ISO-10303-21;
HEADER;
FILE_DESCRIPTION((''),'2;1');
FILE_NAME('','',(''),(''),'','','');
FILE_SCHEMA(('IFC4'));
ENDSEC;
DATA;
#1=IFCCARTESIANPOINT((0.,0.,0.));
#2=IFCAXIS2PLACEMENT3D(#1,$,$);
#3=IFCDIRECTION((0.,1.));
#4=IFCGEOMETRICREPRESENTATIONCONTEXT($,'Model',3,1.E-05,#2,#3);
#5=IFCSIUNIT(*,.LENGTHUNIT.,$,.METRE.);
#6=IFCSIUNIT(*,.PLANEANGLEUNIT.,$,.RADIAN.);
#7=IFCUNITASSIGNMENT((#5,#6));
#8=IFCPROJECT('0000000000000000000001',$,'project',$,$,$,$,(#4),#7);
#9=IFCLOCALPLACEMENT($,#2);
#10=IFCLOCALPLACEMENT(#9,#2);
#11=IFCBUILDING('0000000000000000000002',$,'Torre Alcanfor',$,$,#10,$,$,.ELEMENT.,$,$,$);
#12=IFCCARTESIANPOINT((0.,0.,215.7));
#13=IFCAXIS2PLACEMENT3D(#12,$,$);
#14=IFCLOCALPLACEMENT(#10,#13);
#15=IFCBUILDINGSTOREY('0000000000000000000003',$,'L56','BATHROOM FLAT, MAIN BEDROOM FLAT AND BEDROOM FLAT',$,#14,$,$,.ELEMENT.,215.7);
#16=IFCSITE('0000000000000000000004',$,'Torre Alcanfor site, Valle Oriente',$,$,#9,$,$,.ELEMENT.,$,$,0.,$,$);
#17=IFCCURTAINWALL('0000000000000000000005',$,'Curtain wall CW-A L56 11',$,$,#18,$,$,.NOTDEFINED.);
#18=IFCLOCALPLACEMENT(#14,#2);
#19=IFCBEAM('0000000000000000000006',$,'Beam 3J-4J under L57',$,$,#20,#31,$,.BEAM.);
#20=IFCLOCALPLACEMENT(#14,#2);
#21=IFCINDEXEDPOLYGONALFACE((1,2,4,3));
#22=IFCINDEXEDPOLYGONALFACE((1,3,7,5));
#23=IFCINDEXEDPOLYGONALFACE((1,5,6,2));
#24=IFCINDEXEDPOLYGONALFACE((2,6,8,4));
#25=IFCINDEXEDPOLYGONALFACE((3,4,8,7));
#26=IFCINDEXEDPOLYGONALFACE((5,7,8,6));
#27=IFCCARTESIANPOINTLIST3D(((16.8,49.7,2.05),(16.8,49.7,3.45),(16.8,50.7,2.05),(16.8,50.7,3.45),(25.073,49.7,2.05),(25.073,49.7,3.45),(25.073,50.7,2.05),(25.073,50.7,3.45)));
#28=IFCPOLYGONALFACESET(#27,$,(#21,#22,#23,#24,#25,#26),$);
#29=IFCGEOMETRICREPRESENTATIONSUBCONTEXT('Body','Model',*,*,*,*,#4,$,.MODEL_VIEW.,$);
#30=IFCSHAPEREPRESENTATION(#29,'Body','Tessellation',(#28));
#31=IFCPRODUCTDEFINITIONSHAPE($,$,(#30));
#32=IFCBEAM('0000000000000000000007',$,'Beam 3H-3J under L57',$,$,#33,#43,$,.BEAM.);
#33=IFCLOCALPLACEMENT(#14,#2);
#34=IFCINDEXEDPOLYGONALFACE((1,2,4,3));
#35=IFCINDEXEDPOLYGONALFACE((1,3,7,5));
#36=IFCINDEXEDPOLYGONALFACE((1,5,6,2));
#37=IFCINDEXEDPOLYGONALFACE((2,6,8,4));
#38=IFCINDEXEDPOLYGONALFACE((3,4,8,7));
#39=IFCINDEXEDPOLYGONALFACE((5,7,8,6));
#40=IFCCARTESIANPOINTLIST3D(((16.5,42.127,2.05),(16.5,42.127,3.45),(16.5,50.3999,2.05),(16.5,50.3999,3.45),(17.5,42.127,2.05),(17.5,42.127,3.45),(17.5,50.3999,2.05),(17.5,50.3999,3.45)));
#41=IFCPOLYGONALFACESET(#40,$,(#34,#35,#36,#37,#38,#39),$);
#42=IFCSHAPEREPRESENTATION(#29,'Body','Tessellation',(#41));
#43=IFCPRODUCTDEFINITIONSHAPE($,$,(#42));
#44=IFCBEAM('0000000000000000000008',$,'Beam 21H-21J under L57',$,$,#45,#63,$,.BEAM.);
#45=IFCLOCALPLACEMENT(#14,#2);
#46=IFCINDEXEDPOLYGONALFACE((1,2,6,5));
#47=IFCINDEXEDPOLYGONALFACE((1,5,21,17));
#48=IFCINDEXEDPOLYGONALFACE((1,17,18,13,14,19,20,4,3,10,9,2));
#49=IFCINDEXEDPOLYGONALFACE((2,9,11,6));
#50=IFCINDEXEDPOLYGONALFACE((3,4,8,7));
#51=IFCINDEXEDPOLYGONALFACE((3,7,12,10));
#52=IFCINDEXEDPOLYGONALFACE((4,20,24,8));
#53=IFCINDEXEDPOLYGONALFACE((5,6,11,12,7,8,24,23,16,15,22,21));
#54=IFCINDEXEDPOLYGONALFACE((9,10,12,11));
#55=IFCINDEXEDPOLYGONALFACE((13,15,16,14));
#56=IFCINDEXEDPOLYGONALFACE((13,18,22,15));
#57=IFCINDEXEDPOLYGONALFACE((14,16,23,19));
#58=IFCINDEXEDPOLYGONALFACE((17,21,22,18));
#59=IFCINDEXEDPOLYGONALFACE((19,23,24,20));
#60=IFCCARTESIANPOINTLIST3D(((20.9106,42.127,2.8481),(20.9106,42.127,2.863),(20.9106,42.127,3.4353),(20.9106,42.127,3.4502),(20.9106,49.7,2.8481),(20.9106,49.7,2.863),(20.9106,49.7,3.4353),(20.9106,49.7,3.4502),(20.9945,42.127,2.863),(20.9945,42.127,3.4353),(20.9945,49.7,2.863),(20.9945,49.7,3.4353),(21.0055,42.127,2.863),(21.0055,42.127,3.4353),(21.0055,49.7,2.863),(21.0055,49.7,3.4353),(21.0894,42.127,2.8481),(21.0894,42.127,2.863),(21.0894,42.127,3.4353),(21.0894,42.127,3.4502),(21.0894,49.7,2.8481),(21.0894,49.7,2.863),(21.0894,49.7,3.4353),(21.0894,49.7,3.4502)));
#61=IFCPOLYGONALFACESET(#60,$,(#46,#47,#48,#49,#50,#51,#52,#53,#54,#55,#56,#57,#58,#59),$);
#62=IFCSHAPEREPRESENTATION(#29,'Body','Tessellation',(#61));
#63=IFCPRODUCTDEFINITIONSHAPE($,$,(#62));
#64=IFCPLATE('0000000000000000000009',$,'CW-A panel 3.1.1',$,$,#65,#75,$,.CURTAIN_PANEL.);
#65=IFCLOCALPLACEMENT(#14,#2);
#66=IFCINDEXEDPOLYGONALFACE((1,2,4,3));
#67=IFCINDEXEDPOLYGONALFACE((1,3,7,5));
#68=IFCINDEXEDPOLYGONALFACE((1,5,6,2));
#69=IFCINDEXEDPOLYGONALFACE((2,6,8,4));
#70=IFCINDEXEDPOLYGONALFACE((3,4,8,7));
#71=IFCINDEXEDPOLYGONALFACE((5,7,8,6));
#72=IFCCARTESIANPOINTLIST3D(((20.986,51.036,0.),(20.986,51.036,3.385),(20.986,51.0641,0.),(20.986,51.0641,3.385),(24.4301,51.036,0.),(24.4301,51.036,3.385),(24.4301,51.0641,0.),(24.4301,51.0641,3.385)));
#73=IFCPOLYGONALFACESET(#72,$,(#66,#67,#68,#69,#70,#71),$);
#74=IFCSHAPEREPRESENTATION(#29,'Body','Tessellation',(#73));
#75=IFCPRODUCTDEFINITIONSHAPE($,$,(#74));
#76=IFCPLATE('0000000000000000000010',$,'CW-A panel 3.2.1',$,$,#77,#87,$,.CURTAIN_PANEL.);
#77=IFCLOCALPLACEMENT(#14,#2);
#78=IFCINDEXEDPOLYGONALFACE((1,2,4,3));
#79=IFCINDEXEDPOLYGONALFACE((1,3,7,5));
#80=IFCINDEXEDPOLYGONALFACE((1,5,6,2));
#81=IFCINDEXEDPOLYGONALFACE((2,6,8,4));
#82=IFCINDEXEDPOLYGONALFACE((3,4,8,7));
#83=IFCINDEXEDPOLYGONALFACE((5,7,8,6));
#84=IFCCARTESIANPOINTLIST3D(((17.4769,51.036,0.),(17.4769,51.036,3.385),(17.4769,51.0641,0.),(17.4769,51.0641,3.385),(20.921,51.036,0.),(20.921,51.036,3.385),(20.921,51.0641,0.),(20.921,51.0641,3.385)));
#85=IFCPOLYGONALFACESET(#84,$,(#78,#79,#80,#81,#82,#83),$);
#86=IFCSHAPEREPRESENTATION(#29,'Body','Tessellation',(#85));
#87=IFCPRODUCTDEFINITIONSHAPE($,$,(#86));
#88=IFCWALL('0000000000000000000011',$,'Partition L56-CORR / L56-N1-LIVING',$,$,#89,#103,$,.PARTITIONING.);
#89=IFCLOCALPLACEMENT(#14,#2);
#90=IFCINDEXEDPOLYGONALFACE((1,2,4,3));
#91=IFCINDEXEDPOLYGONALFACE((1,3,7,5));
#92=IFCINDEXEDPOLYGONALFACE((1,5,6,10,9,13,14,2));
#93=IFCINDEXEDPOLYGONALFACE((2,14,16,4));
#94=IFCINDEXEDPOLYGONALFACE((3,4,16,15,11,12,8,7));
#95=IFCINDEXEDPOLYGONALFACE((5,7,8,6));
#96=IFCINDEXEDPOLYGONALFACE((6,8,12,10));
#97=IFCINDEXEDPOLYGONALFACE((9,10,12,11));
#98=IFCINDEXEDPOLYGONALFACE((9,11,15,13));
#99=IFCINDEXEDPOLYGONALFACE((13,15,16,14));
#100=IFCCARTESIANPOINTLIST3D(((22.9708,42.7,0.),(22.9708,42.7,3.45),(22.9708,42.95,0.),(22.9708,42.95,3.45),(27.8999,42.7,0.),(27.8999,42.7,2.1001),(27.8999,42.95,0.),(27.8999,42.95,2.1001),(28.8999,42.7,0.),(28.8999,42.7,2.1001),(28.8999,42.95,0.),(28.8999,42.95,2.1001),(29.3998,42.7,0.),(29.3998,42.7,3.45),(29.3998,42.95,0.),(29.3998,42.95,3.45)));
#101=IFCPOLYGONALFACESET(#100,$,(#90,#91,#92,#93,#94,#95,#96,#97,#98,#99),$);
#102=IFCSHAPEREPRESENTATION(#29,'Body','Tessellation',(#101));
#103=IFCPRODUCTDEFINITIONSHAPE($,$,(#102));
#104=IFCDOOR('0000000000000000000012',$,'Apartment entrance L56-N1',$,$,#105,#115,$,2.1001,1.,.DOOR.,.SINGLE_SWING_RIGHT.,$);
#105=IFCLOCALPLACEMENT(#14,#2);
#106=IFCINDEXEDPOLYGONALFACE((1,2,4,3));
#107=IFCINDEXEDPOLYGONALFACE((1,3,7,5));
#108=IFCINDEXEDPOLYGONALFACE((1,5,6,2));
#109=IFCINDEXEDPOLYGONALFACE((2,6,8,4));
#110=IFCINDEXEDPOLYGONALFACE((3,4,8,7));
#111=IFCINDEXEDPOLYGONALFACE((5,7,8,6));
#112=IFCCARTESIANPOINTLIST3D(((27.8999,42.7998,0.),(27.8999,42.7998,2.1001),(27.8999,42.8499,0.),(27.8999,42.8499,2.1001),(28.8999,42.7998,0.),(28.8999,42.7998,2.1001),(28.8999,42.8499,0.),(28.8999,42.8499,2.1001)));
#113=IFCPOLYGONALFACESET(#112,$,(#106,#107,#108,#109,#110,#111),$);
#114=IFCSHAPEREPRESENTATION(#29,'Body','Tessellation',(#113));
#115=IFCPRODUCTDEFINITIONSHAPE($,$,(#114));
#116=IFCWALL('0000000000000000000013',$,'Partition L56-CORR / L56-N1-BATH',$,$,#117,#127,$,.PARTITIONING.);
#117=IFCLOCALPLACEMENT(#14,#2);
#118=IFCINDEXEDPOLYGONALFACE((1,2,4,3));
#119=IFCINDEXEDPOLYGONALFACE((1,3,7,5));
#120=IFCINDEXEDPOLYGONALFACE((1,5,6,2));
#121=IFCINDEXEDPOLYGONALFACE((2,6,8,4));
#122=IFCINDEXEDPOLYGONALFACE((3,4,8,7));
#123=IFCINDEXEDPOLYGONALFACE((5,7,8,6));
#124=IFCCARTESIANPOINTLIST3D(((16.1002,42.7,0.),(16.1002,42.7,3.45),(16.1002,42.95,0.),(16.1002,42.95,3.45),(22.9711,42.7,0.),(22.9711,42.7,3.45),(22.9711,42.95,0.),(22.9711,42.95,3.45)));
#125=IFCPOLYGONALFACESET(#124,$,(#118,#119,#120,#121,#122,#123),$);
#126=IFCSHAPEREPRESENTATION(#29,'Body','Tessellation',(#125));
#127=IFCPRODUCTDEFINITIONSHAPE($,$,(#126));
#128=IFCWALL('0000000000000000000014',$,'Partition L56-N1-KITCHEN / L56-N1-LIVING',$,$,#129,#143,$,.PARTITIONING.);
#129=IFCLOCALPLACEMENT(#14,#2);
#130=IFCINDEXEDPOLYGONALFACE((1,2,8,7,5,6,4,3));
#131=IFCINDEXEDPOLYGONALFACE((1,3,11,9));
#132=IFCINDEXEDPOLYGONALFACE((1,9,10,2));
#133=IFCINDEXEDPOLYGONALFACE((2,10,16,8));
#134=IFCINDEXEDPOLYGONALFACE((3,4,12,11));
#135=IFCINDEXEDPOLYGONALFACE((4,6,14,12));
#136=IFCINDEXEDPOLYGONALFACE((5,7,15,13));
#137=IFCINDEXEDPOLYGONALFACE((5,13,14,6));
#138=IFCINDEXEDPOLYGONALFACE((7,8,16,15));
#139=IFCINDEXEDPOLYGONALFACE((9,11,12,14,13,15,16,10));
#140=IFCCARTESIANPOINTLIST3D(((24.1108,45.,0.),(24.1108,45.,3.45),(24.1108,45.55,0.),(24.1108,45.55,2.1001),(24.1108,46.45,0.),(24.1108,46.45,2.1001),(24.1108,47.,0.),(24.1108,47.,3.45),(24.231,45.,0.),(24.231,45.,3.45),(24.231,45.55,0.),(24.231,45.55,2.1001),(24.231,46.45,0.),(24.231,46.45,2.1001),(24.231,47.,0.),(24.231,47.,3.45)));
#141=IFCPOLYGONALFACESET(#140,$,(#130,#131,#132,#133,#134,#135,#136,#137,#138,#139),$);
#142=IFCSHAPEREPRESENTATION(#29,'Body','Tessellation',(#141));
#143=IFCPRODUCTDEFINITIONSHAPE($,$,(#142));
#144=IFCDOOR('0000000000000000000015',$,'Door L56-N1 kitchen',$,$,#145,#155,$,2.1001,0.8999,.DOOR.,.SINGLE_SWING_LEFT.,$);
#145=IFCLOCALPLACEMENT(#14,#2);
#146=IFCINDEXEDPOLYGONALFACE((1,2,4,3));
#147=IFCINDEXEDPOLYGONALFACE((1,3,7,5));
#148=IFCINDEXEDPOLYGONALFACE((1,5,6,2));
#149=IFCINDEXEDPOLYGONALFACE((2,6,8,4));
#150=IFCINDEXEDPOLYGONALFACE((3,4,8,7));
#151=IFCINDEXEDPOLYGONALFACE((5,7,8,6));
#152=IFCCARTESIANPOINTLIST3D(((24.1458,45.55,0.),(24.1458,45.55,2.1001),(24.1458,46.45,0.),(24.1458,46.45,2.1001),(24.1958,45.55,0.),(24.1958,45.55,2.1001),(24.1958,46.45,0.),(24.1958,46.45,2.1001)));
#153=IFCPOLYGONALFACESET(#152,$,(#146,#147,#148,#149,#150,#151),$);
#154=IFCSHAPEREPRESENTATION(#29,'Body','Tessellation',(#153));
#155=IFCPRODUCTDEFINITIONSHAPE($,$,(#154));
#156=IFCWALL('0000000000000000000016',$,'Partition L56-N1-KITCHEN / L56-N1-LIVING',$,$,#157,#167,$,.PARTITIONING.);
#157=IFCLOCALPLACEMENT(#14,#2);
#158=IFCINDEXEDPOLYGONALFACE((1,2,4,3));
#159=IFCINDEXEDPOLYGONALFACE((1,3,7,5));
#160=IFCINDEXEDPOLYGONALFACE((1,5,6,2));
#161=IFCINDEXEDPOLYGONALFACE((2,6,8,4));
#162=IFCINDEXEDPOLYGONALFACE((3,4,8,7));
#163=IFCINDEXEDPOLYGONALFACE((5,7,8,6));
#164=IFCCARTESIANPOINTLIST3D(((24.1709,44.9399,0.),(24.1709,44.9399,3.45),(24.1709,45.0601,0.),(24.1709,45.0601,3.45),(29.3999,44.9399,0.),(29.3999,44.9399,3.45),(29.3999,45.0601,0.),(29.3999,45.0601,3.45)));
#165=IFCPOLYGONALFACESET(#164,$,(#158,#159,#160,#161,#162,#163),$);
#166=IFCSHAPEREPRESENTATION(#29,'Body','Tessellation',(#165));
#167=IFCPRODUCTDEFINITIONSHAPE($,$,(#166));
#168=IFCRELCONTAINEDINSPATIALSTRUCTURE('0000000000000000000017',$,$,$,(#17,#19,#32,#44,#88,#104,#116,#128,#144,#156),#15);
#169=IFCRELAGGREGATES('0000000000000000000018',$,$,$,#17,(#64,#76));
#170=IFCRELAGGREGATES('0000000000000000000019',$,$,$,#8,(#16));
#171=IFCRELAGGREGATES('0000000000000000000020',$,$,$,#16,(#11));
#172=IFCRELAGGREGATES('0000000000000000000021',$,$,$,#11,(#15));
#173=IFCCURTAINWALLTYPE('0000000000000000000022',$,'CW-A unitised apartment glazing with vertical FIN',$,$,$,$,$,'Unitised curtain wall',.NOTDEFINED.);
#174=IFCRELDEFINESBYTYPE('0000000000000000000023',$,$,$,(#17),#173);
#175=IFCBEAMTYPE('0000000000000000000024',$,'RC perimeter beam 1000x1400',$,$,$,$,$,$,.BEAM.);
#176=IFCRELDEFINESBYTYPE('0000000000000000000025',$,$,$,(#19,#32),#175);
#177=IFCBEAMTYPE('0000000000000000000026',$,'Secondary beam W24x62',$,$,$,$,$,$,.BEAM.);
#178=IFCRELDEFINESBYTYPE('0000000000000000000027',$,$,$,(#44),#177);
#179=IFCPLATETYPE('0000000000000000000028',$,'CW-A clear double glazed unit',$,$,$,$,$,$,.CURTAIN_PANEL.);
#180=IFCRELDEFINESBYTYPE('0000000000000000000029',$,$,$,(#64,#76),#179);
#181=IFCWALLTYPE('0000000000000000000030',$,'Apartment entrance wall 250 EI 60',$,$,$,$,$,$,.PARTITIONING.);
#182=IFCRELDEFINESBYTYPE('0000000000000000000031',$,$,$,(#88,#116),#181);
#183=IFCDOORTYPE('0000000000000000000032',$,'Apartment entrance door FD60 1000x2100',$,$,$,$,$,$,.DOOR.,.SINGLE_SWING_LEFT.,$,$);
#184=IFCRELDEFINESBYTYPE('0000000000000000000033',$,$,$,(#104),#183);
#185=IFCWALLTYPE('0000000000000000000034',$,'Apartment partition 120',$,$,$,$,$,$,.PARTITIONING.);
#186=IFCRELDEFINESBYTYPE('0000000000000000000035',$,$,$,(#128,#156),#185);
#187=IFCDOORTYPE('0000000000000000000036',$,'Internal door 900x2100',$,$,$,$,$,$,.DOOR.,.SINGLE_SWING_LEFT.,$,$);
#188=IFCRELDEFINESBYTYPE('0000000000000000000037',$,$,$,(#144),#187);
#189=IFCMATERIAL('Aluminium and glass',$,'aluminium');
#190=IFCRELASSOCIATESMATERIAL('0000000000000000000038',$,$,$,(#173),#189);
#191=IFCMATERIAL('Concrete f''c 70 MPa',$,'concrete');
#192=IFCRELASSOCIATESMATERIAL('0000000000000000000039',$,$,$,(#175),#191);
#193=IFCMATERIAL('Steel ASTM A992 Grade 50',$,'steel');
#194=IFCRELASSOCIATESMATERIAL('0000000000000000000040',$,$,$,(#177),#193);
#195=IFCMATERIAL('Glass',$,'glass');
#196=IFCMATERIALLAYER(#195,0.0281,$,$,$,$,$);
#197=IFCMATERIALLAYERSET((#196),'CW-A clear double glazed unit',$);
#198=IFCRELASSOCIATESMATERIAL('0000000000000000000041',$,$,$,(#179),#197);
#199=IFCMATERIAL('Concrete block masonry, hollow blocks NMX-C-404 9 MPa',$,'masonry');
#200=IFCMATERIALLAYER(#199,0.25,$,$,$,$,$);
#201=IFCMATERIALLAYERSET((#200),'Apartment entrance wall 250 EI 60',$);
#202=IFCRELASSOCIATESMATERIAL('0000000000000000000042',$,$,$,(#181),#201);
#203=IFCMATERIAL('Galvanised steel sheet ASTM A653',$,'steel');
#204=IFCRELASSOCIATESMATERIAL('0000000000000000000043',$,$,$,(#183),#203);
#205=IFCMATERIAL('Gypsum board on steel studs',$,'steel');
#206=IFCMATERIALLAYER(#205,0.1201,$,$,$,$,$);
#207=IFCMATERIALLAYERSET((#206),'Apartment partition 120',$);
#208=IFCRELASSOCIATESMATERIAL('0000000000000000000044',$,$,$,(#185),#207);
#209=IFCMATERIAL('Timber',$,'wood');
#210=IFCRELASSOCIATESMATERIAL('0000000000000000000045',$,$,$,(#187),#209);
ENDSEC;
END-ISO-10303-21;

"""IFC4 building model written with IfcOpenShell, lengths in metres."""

from ifc_helpers import new_model, si_unit, direction, frame, frame_2d, origin, origin_2d, place, context, subcontext, project, spatial, rectangle, i_section, extrude, material, layer, layer_set, material_profile, profile_set, type_object, element, fill, aggregate, save


model = new_model("IFC4")

# Units and contexts
model_context = context("Model", 3, precision=1e-05, world=origin(), true_north=direction((0.0, 1.0)))
body_context = subcontext(model_context, "Body", "Model", "MODEL_VIEW")
ifc_project = project(units=[si_unit("LENGTHUNIT", "METRE"), si_unit("PLANEANGLEUNIT", "RADIAN")], contexts=[model_context])

# Site, building, storey
site_placement = place(None, origin())
site = spatial("IfcSite", under=ifc_project, at=site_placement, Name="Torre Alcanfor site, Valle Oriente", CompositionType="ELEMENT", RefElevation=0.0)
building_placement = place(site_placement, origin())
building = spatial("IfcBuilding", under=site, at=building_placement, Name="Torre Alcanfor", CompositionType="ELEMENT")
storey_placement = place(building_placement, frame((0.0, 0.0, 215.7)))
storey = spatial("IfcBuildingStorey", under=building, at=storey_placement, Name="L56", Description="BATHROOM FLAT, MAIN BEDROOM FLAT AND BEDROOM FLAT", CompositionType="ELEMENT", Elevation=215.7)

# Curtain wall
ifc_material_1 = material(Name="Aluminium and glass", Category="aluminium")
curtain_wall_type = type_object("IfcCurtainWallType", Name="CW-A unitised apartment glazing with vertical FIN", ElementType="Unitised curtain wall", PredefinedType="NOTDEFINED", material=ifc_material_1)
curtain_wall_placement = place(storey_placement, origin())
curtain_wall = element("IfcCurtainWall", 1, at=curtain_wall_placement, inside=storey, type_object=curtain_wall_type, Name="Curtain wall CW-A L56 11", PredefinedType="NOTDEFINED")

# Beams
ifc_material_2 = material(Name="Concrete f'c 70 MPa", Category="concrete")
ifc_material_profile_1 = material_profile(ifc_material_2, rectangle(XDim=1.0, YDim=1.3999, at=origin_2d()), Name="1000x1400")
ifc_profile_set_1 = profile_set([ifc_material_profile_1], Name="Concrete f'c 70 MPa")
beam_type_1 = type_object("IfcBeamType", Name="RC perimeter beam 1000x1400", PredefinedType="BEAM", material=ifc_profile_set_1)
for number, where, z_axis, x_axis, name in (
    (2, (16.8, 50.2, 2.75), (1.0, 0.0, 0.0), (0.0, 1.0, 0.0), "Beam 3J-4J under L57"),
    (3, (17.0, 42.127, 2.75), (0.0, 1.0, 0.0), (-1.0, 0.0, 0.0), "Beam 3H-3J under L57"),
):
    element("IfcBeam", number, at=place(storey_placement, frame(where, z_axis=z_axis, x_axis=x_axis)), inside=storey, type_object=beam_type_1, Name=name, PredefinedType="BEAM", context=body_context, shape_type="SweptSolid", body=[
        extrude(rectangle(XDim=1.0, YDim=1.3999, at=origin_2d()), origin(), (0.0, 0.0, 1.0), 8.2729),
    ])
ifc_material_3 = material(Name="Steel ASTM A992 Grade 50", Category="steel")
ifc_material_profile_2 = material_profile(ifc_material_3, i_section(OverallWidth=0.1787, OverallDepth=0.6021, WebThickness=0.011, FlangeThickness=0.0149, at=origin_2d()), Name="W24x62")
ifc_profile_set_2 = profile_set([ifc_material_profile_2], Name="Steel ASTM A992 Grade 50")
beam_type_2 = type_object("IfcBeamType", Name="Secondary beam W24x62", PredefinedType="BEAM", material=ifc_profile_set_2)
beam_1_placement = place(storey_placement, frame((21.0, 42.127, 3.1492), z_axis=(0.0, 1.0, 0.0), x_axis=(-1.0, 0.0, 0.0)))
element("IfcBeam", 4, at=beam_1_placement, inside=storey, type_object=beam_type_2, Name="Beam 21H-21J under L57", PredefinedType="BEAM", context=body_context, shape_type="SweptSolid", body=[
    extrude(i_section(OverallWidth=0.1787, OverallDepth=0.6021, WebThickness=0.011, FlangeThickness=0.0149, at=origin_2d()), origin(), (0.0, 0.0, 1.0), 7.573),
])

# Plates
ifc_material_4 = material(Name="Glass", Category="glass")
ifc_layer_1 = layer(ifc_material_4, 0.0281)
ifc_layer_set_1 = layer_set([ifc_layer_1], Name="CW-A clear double glazed unit")
plate_type = type_object("IfcPlateType", Name="CW-A clear double glazed unit", PredefinedType="CURTAIN_PANEL", material=ifc_layer_set_1)
plate_1_placement = place(storey_placement, frame((22.708, 51.05, 0.0), z_axis=(0.0, 0.0, 1.0), x_axis=(-1.0, 0.0, 0.0)))
plate_1 = element("IfcPlate", 5, at=plate_1_placement, type_object=plate_type, Name="CW-A panel 3.1.1", PredefinedType="CURTAIN_PANEL", context=body_context, shape_type="SweptSolid", body=[
    extrude(rectangle(XDim=3.4441, YDim=0.0281, at=origin_2d()), origin(), (0.0, 0.0, 1.0), 3.385),
])
plate_2_placement = place(storey_placement, frame((19.199, 51.05, 0.0), z_axis=(0.0, 0.0, 1.0), x_axis=(-1.0, 0.0, 0.0)))
plate_2 = element("IfcPlate", 6, at=plate_2_placement, type_object=plate_type, Name="CW-A panel 3.2.1", PredefinedType="CURTAIN_PANEL", context=body_context, shape_type="SweptSolid", body=[
    extrude(rectangle(XDim=3.4441, YDim=0.0281, at=origin_2d()), origin(), (0.0, 0.0, 1.0), 3.385),
])
aggregate(curtain_wall, [plate_1, plate_2])

# Wall, opening, door
ifc_material_5 = material(Name="Concrete block masonry, hollow blocks NMX-C-404 9 MPa", Category="masonry")
ifc_layer_2 = layer(ifc_material_5, 0.25)
ifc_layer_set_2 = layer_set([ifc_layer_2], Name="Apartment entrance wall 250 EI 60")
wall_type_1 = type_object("IfcWallType", Name="Apartment entrance wall 250 EI 60", PredefinedType="PARTITIONING", material=ifc_layer_set_2)
wall_1_placement = place(storey_placement, frame((22.9709, 42.825, 0.0), z_axis=(0.0, 0.0, 1.0), x_axis=(1.0, 0.0, 0.0)))
wall_1 = element("IfcWall", 7, at=wall_1_placement, inside=storey, type_object=wall_type_1, Name="Partition L56-CORR / L56-N1-LIVING", PredefinedType="PARTITIONING", context=body_context, shape_type="SweptSolid", body=[
    extrude(rectangle(XDim=6.429, YDim=0.25, at=frame_2d((3.2144, 0.0))), origin(), (0.0, 0.0, 1.0), 3.45),
])
opening_1_placement = place(wall_1_placement, frame((4.929, 0.0, 0.0)))
opening_1 = element("IfcOpeningElement", 8, at=opening_1_placement, cuts=wall_1, PredefinedType="OPENING", context=body_context, shape_type="SweptSolid", body=[
    extrude(rectangle(XDim=1.0, YDim=2.1001, at=frame_2d((0.5, 1.05))), frame((0.0, 0.135, 0.0), z_axis=(0.0, -1.0, 0.0), x_axis=(1.0, 0.0, 0.0)), (0.0, 0.0, 1.0), 0.27),
])
ifc_material_6 = material(Name="Galvanised steel sheet ASTM A653", Category="steel")
door_type_1 = type_object("IfcDoorType", Name="Apartment entrance door FD60 1000x2100", OperationType="SINGLE_SWING_LEFT", PredefinedType="DOOR", material=ifc_material_6)
door_1_placement = place(opening_1_placement, origin())
door_1 = element("IfcDoor", 9, at=door_1_placement, inside=storey, type_object=door_type_1, Name="Apartment entrance L56-N1", OperationType="SINGLE_SWING_RIGHT", OverallHeight=2.1001, OverallWidth=1.0, PredefinedType="DOOR", context=body_context, shape_type="SweptSolid", body=[
    extrude(rectangle(XDim=1.0, YDim=2.1001, at=frame_2d((0.5, 1.05))), frame((0.0, 0.0249, 0.0), z_axis=(0.0, -1.0, 0.0), x_axis=(1.0, 0.0, 0.0)), (0.0, 0.0, 1.0), 0.05),
])
fill(opening_1, door_1)

# Wall
wall_2_placement = place(storey_placement, frame((16.1001, 42.825, 0.0), z_axis=(0.0, 0.0, 1.0), x_axis=(1.0, 0.0, 0.0)))
element("IfcWall", 10, at=wall_2_placement, inside=storey, type_object=wall_type_1, Name="Partition L56-CORR / L56-N1-BATH", PredefinedType="PARTITIONING", context=body_context, shape_type="SweptSolid", body=[
    extrude(rectangle(XDim=6.8708, YDim=0.25, at=frame_2d((3.4355, 0.0))), origin(), (0.0, 0.0, 1.0), 3.45),
])

# Wall, opening, door
ifc_material_7 = material(Name="Gypsum board on steel studs", Category="steel")
ifc_layer_3 = layer(ifc_material_7, 0.1201)
ifc_layer_set_3 = layer_set([ifc_layer_3], Name="Apartment partition 120")
wall_type_2 = type_object("IfcWallType", Name="Apartment partition 120", PredefinedType="PARTITIONING", material=ifc_layer_set_3)
wall_3_placement = place(storey_placement, frame((24.1709, 47.0, 0.0), z_axis=(0.0, 0.0, 1.0), x_axis=(0.0, -1.0, 0.0)))
wall_3 = element("IfcWall", 11, at=wall_3_placement, inside=storey, type_object=wall_type_2, Name="Partition L56-N1-KITCHEN / L56-N1-LIVING", PredefinedType="PARTITIONING", context=body_context, shape_type="SweptSolid", body=[
    extrude(rectangle(XDim=2.0, YDim=0.1201, at=frame_2d((1.0, 0.0))), origin(), (0.0, 0.0, 1.0), 3.45),
])
opening_2_placement = place(wall_3_placement, frame((0.55, 0.0, 0.0)))
opening_2 = element("IfcOpeningElement", 12, at=opening_2_placement, cuts=wall_3, PredefinedType="OPENING", context=body_context, shape_type="SweptSolid", body=[
    extrude(rectangle(XDim=0.8999, YDim=2.1001, at=frame_2d((0.45, 1.05))), frame((0.0, 0.0701, 0.0), z_axis=(0.0, -1.0, 0.0), x_axis=(1.0, 0.0, 0.0)), (0.0, 0.0, 1.0), 0.1401),
])
ifc_material_8 = material(Name="Timber", Category="wood")
door_type_2 = type_object("IfcDoorType", Name="Internal door 900x2100", OperationType="SINGLE_SWING_LEFT", PredefinedType="DOOR", material=ifc_material_8)
door_2_placement = place(opening_2_placement, origin())
door_2 = element("IfcDoor", 13, at=door_2_placement, inside=storey, type_object=door_type_2, Name="Door L56-N1 kitchen", OperationType="SINGLE_SWING_LEFT", OverallHeight=2.1001, OverallWidth=0.8999, PredefinedType="DOOR", context=body_context, shape_type="SweptSolid", body=[
    extrude(rectangle(XDim=0.8999, YDim=2.1001, at=frame_2d((0.45, 1.05))), frame((0.0, 0.0249, 0.0), z_axis=(0.0, -1.0, 0.0), x_axis=(1.0, 0.0, 0.0)), (0.0, 0.0, 1.0), 0.05),
])
fill(opening_2, door_2)

# Wall
wall_4_placement = place(storey_placement, frame((24.1709, 45.0, 0.0), z_axis=(0.0, 0.0, 1.0), x_axis=(1.0, 0.0, 0.0)))
element("IfcWall", 14, at=wall_4_placement, inside=storey, type_object=wall_type_2, Name="Partition L56-N1-KITCHEN / L56-N1-LIVING", PredefinedType="PARTITIONING", context=body_context, shape_type="SweptSolid", body=[
    extrude(rectangle(XDim=5.229, YDim=0.1201, at=frame_2d((2.6145, 0.0))), origin(), (0.0, 0.0, 1.0), 3.45),
])

save(model, "model.ifc")
